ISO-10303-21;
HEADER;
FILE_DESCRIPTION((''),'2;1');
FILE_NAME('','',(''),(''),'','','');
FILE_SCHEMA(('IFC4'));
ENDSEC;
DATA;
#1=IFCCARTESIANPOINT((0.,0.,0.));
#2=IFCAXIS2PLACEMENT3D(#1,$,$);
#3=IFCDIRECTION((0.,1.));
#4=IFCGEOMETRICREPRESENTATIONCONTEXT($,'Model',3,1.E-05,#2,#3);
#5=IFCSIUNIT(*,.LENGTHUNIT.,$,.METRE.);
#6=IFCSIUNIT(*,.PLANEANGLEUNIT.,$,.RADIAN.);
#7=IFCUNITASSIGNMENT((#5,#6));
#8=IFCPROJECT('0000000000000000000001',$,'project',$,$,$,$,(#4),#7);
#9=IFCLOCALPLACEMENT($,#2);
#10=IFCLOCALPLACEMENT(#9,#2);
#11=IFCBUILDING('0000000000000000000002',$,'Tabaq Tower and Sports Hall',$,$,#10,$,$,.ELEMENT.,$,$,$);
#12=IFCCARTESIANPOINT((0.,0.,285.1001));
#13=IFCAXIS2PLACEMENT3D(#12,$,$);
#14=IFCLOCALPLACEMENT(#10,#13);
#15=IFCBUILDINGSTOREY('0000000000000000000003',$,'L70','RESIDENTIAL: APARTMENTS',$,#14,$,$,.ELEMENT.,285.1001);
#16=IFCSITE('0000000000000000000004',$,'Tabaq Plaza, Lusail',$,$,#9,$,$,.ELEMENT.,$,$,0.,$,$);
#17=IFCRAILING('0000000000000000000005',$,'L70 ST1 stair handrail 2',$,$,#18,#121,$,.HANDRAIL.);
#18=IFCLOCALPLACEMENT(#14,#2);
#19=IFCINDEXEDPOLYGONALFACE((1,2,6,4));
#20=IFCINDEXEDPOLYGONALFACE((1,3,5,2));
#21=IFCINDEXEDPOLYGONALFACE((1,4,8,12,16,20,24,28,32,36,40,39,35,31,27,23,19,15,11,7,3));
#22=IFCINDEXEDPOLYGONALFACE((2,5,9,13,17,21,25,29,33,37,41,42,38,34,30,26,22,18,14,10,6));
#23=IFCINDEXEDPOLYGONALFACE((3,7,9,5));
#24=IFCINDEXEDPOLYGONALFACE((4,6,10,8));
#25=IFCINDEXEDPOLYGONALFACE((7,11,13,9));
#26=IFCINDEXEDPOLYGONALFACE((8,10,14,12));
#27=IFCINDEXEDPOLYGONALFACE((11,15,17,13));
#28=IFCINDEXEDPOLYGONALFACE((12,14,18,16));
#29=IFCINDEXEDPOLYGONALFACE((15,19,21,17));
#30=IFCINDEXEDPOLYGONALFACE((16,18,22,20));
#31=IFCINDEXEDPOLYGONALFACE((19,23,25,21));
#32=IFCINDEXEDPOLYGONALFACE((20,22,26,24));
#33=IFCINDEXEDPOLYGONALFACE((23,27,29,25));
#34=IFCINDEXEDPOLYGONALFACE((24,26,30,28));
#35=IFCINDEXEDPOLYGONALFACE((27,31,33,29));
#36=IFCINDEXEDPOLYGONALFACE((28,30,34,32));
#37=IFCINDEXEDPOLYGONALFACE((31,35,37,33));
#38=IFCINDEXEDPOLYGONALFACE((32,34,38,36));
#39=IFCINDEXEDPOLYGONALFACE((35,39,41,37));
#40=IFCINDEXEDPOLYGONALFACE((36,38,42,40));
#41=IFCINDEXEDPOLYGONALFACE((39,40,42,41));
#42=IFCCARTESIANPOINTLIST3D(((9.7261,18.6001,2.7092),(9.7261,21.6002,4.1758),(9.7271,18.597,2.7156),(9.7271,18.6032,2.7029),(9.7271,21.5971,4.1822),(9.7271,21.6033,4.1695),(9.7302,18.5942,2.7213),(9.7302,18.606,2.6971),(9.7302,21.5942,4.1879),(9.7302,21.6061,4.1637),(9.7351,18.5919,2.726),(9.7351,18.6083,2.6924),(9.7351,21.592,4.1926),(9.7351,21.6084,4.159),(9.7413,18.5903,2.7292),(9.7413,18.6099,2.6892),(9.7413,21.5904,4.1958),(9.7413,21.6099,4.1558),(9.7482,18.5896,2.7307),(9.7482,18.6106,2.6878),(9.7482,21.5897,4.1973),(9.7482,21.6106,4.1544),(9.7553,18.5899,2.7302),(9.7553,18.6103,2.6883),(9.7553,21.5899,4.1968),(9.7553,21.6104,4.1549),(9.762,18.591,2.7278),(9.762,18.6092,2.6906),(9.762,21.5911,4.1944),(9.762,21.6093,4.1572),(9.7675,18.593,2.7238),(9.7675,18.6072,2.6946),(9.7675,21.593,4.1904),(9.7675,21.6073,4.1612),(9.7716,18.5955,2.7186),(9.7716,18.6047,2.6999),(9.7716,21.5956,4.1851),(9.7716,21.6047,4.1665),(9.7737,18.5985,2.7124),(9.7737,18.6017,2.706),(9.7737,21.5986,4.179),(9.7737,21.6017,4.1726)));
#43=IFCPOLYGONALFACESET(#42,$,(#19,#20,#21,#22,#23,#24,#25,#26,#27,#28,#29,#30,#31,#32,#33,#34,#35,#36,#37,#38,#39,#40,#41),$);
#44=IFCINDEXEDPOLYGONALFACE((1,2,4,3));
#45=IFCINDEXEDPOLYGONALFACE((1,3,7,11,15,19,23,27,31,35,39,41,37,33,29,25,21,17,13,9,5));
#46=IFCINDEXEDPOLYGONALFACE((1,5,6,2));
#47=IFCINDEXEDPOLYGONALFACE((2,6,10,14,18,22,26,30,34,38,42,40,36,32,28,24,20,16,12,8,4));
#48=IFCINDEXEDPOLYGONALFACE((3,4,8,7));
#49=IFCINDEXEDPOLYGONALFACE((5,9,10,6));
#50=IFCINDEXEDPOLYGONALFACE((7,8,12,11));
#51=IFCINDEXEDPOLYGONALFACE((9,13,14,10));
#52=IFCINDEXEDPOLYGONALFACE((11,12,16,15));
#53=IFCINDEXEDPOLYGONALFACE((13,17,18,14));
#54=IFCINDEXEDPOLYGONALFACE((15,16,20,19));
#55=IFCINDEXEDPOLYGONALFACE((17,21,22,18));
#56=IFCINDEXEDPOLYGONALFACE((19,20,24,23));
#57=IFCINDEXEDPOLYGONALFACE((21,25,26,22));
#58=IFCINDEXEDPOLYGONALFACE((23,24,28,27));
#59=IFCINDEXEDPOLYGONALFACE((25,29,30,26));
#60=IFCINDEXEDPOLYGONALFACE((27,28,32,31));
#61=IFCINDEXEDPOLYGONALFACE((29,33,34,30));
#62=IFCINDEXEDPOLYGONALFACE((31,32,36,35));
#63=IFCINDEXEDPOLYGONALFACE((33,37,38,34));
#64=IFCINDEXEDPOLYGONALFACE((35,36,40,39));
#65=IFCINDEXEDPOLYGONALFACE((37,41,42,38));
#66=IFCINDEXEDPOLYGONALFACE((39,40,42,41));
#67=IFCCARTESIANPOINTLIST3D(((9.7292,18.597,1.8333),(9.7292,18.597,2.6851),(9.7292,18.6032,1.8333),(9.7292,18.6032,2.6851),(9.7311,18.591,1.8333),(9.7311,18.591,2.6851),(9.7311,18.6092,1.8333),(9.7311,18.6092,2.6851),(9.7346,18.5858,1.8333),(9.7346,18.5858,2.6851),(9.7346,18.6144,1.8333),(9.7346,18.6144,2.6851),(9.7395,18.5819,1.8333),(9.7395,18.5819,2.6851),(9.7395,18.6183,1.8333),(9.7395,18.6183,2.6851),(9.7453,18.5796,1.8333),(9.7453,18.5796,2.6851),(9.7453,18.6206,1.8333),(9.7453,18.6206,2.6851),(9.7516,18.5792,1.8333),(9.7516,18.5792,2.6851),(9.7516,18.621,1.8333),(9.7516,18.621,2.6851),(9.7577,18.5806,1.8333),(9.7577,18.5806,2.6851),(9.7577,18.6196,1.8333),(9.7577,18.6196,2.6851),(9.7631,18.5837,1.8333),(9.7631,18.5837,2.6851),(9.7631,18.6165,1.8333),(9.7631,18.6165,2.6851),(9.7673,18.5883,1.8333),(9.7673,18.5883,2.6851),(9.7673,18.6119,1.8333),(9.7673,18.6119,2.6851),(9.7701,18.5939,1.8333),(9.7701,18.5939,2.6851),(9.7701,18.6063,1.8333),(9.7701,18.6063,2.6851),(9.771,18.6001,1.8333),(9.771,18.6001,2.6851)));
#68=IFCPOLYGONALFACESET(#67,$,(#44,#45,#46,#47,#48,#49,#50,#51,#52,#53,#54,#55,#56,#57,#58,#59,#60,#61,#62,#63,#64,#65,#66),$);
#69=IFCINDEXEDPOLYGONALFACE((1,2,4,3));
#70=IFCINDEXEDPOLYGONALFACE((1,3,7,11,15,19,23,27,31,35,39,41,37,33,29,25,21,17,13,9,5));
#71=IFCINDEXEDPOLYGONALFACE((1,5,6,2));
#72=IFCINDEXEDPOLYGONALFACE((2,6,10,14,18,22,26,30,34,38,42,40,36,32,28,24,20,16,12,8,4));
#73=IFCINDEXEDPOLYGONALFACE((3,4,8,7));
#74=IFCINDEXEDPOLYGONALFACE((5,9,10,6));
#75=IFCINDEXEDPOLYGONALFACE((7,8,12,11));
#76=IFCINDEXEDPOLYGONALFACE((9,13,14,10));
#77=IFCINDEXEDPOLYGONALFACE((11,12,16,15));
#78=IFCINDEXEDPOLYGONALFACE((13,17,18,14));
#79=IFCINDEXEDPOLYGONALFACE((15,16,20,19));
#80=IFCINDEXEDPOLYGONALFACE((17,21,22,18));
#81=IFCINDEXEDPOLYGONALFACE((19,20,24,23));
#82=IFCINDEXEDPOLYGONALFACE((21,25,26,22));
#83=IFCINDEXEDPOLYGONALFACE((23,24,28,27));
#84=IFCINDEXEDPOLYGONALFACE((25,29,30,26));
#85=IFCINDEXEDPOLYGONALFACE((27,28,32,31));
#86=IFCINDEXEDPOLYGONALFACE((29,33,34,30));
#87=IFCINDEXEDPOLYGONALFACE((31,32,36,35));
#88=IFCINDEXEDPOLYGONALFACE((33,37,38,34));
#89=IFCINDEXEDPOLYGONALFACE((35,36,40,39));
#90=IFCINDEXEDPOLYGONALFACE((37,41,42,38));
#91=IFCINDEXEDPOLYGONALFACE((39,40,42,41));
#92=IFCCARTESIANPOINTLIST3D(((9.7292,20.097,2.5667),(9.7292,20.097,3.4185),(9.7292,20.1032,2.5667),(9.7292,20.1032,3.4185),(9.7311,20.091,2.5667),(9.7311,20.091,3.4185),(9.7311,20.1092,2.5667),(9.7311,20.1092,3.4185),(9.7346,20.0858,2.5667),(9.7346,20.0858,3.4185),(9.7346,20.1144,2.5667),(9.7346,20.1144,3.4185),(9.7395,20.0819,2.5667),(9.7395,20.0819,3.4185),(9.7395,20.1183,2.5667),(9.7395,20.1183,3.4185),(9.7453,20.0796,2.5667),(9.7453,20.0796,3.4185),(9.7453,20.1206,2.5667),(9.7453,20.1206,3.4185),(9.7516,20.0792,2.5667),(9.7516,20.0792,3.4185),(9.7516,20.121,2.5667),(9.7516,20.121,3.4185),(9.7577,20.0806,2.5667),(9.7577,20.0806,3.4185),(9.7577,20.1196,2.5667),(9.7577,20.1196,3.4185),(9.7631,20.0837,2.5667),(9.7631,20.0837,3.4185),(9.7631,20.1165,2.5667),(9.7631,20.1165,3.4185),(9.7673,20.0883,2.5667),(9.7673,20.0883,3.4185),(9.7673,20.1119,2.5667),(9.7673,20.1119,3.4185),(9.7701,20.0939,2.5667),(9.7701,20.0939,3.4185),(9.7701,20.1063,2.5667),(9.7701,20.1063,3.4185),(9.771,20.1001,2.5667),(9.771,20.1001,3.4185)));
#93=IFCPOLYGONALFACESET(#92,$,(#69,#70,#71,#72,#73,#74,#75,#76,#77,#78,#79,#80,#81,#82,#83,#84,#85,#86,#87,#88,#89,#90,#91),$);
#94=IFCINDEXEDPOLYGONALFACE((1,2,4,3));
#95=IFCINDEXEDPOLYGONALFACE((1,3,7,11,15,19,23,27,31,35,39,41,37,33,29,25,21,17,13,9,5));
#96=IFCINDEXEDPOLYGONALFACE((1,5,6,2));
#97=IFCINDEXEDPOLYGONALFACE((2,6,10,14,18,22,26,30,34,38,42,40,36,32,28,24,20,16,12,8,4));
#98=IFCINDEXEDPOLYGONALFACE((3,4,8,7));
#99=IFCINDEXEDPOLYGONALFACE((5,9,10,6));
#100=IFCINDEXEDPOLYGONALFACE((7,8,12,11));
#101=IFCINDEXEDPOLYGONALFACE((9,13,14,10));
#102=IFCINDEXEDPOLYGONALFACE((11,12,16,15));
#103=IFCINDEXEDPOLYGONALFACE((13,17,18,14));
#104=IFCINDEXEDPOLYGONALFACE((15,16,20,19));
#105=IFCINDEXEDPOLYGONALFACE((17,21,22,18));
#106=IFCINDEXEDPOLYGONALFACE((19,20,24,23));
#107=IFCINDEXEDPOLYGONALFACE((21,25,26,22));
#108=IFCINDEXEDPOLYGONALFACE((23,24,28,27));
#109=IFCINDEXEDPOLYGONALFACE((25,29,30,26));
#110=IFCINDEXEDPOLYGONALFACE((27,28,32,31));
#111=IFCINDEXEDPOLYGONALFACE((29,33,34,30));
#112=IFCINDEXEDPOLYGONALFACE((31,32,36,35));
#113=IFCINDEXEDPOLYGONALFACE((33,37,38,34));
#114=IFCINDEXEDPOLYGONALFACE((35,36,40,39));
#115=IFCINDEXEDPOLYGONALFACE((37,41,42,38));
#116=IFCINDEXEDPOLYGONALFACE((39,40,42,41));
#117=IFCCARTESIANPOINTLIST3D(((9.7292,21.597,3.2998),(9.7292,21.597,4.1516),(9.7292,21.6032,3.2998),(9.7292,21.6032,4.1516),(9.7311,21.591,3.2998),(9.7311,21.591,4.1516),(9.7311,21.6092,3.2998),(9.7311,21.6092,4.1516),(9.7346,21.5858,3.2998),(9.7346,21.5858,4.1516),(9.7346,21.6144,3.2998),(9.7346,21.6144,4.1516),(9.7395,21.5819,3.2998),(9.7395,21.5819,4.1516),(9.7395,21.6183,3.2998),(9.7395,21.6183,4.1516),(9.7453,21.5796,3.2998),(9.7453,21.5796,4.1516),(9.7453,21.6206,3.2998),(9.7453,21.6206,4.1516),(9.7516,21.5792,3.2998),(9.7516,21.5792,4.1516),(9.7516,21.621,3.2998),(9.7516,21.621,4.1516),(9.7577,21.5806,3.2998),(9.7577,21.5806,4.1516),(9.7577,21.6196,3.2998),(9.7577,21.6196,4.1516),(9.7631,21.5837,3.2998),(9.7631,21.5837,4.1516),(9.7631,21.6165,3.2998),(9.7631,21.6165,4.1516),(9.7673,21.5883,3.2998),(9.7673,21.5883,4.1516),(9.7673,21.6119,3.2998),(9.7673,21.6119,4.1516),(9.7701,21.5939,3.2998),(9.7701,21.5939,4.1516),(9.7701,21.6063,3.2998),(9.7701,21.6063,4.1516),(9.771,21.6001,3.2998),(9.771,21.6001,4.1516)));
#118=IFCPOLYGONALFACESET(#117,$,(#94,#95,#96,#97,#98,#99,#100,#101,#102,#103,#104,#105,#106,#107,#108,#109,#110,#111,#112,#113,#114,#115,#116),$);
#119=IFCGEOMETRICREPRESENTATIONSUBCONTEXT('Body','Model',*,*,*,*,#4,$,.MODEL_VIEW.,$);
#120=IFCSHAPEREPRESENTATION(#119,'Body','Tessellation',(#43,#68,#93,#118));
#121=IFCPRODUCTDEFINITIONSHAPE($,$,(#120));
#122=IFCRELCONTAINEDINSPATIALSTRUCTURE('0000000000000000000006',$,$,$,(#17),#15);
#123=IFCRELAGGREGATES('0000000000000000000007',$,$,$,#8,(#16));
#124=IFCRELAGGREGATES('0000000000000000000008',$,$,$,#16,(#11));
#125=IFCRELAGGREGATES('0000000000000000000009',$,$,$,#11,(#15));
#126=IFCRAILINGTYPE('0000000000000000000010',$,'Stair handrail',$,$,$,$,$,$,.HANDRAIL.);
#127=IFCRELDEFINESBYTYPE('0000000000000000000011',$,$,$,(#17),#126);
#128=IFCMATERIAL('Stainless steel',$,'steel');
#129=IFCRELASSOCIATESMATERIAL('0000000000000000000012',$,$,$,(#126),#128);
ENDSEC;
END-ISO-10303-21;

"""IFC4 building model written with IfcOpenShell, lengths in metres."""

from ifc_helpers import new_model, si_unit, direction, frame, origin, origin_2d, place, context, subcontext, project, spatial, circle, extrude, material, type_object, element, save


model = new_model("IFC4")

# Units and contexts
model_context = context("Model", 3, precision=1e-05, world=origin(), true_north=direction((0.0, 1.0)))
body_context = subcontext(model_context, "Body", "Model", "MODEL_VIEW")
ifc_project = project(units=[si_unit("LENGTHUNIT", "METRE"), si_unit("PLANEANGLEUNIT", "RADIAN")], contexts=[model_context])

# Site, building, storey
site_placement = place(None, origin())
site = spatial("IfcSite", under=ifc_project, at=site_placement, Name="Tabaq Plaza, Lusail", CompositionType="ELEMENT", RefElevation=0.0)
building_placement = place(site_placement, origin())
building = spatial("IfcBuilding", under=site, at=building_placement, Name="Tabaq Tower and Sports Hall", CompositionType="ELEMENT")
storey_placement = place(building_placement, frame((0.0, 0.0, 285.1001)))
storey = spatial("IfcBuildingStorey", under=building, at=storey_placement, Name="L70", Description="RESIDENTIAL: APARTMENTS", CompositionType="ELEMENT", Elevation=285.1001)

# Railing
ifc_material_1 = material(Name="Stainless steel", Category="steel")
railing_type = type_object("IfcRailingType", Name="Stair handrail", PredefinedType="HANDRAIL", material=ifc_material_1)
railing_1_placement = place(storey_placement, frame((9.75, 18.6001, 1.8333)))
element("IfcRailing", 1, at=railing_1_placement, inside=storey, type_object=railing_type, Name="L70 ST1 stair handrail 2", PredefinedType="HANDRAIL", context=body_context, shape_type="SweptSolid", body=[
    extrude(circle(Radius=0.0239, at=origin_2d()), frame((0.0, 0.0, 0.876), z_axis=(0.0, 0.898398, 0.439183), x_axis=(-1.0, 0.0, 0.0)), (0.0, 0.0, 1.0), 3.3394),
    extrude(circle(Radius=0.021, at=origin_2d()), origin(), (0.0, 0.0, 1.0), 0.8518),
    extrude(circle(Radius=0.021, at=origin_2d()), frame((0.0, 1.5, 0.7334)), (0.0, 0.0, 1.0), 0.8518),
    extrude(circle(Radius=0.021, at=origin_2d()), frame((0.0, 3.0, 1.4666)), (0.0, 0.0, 1.0), 0.8518),
])

save(model, "model.ifc")
